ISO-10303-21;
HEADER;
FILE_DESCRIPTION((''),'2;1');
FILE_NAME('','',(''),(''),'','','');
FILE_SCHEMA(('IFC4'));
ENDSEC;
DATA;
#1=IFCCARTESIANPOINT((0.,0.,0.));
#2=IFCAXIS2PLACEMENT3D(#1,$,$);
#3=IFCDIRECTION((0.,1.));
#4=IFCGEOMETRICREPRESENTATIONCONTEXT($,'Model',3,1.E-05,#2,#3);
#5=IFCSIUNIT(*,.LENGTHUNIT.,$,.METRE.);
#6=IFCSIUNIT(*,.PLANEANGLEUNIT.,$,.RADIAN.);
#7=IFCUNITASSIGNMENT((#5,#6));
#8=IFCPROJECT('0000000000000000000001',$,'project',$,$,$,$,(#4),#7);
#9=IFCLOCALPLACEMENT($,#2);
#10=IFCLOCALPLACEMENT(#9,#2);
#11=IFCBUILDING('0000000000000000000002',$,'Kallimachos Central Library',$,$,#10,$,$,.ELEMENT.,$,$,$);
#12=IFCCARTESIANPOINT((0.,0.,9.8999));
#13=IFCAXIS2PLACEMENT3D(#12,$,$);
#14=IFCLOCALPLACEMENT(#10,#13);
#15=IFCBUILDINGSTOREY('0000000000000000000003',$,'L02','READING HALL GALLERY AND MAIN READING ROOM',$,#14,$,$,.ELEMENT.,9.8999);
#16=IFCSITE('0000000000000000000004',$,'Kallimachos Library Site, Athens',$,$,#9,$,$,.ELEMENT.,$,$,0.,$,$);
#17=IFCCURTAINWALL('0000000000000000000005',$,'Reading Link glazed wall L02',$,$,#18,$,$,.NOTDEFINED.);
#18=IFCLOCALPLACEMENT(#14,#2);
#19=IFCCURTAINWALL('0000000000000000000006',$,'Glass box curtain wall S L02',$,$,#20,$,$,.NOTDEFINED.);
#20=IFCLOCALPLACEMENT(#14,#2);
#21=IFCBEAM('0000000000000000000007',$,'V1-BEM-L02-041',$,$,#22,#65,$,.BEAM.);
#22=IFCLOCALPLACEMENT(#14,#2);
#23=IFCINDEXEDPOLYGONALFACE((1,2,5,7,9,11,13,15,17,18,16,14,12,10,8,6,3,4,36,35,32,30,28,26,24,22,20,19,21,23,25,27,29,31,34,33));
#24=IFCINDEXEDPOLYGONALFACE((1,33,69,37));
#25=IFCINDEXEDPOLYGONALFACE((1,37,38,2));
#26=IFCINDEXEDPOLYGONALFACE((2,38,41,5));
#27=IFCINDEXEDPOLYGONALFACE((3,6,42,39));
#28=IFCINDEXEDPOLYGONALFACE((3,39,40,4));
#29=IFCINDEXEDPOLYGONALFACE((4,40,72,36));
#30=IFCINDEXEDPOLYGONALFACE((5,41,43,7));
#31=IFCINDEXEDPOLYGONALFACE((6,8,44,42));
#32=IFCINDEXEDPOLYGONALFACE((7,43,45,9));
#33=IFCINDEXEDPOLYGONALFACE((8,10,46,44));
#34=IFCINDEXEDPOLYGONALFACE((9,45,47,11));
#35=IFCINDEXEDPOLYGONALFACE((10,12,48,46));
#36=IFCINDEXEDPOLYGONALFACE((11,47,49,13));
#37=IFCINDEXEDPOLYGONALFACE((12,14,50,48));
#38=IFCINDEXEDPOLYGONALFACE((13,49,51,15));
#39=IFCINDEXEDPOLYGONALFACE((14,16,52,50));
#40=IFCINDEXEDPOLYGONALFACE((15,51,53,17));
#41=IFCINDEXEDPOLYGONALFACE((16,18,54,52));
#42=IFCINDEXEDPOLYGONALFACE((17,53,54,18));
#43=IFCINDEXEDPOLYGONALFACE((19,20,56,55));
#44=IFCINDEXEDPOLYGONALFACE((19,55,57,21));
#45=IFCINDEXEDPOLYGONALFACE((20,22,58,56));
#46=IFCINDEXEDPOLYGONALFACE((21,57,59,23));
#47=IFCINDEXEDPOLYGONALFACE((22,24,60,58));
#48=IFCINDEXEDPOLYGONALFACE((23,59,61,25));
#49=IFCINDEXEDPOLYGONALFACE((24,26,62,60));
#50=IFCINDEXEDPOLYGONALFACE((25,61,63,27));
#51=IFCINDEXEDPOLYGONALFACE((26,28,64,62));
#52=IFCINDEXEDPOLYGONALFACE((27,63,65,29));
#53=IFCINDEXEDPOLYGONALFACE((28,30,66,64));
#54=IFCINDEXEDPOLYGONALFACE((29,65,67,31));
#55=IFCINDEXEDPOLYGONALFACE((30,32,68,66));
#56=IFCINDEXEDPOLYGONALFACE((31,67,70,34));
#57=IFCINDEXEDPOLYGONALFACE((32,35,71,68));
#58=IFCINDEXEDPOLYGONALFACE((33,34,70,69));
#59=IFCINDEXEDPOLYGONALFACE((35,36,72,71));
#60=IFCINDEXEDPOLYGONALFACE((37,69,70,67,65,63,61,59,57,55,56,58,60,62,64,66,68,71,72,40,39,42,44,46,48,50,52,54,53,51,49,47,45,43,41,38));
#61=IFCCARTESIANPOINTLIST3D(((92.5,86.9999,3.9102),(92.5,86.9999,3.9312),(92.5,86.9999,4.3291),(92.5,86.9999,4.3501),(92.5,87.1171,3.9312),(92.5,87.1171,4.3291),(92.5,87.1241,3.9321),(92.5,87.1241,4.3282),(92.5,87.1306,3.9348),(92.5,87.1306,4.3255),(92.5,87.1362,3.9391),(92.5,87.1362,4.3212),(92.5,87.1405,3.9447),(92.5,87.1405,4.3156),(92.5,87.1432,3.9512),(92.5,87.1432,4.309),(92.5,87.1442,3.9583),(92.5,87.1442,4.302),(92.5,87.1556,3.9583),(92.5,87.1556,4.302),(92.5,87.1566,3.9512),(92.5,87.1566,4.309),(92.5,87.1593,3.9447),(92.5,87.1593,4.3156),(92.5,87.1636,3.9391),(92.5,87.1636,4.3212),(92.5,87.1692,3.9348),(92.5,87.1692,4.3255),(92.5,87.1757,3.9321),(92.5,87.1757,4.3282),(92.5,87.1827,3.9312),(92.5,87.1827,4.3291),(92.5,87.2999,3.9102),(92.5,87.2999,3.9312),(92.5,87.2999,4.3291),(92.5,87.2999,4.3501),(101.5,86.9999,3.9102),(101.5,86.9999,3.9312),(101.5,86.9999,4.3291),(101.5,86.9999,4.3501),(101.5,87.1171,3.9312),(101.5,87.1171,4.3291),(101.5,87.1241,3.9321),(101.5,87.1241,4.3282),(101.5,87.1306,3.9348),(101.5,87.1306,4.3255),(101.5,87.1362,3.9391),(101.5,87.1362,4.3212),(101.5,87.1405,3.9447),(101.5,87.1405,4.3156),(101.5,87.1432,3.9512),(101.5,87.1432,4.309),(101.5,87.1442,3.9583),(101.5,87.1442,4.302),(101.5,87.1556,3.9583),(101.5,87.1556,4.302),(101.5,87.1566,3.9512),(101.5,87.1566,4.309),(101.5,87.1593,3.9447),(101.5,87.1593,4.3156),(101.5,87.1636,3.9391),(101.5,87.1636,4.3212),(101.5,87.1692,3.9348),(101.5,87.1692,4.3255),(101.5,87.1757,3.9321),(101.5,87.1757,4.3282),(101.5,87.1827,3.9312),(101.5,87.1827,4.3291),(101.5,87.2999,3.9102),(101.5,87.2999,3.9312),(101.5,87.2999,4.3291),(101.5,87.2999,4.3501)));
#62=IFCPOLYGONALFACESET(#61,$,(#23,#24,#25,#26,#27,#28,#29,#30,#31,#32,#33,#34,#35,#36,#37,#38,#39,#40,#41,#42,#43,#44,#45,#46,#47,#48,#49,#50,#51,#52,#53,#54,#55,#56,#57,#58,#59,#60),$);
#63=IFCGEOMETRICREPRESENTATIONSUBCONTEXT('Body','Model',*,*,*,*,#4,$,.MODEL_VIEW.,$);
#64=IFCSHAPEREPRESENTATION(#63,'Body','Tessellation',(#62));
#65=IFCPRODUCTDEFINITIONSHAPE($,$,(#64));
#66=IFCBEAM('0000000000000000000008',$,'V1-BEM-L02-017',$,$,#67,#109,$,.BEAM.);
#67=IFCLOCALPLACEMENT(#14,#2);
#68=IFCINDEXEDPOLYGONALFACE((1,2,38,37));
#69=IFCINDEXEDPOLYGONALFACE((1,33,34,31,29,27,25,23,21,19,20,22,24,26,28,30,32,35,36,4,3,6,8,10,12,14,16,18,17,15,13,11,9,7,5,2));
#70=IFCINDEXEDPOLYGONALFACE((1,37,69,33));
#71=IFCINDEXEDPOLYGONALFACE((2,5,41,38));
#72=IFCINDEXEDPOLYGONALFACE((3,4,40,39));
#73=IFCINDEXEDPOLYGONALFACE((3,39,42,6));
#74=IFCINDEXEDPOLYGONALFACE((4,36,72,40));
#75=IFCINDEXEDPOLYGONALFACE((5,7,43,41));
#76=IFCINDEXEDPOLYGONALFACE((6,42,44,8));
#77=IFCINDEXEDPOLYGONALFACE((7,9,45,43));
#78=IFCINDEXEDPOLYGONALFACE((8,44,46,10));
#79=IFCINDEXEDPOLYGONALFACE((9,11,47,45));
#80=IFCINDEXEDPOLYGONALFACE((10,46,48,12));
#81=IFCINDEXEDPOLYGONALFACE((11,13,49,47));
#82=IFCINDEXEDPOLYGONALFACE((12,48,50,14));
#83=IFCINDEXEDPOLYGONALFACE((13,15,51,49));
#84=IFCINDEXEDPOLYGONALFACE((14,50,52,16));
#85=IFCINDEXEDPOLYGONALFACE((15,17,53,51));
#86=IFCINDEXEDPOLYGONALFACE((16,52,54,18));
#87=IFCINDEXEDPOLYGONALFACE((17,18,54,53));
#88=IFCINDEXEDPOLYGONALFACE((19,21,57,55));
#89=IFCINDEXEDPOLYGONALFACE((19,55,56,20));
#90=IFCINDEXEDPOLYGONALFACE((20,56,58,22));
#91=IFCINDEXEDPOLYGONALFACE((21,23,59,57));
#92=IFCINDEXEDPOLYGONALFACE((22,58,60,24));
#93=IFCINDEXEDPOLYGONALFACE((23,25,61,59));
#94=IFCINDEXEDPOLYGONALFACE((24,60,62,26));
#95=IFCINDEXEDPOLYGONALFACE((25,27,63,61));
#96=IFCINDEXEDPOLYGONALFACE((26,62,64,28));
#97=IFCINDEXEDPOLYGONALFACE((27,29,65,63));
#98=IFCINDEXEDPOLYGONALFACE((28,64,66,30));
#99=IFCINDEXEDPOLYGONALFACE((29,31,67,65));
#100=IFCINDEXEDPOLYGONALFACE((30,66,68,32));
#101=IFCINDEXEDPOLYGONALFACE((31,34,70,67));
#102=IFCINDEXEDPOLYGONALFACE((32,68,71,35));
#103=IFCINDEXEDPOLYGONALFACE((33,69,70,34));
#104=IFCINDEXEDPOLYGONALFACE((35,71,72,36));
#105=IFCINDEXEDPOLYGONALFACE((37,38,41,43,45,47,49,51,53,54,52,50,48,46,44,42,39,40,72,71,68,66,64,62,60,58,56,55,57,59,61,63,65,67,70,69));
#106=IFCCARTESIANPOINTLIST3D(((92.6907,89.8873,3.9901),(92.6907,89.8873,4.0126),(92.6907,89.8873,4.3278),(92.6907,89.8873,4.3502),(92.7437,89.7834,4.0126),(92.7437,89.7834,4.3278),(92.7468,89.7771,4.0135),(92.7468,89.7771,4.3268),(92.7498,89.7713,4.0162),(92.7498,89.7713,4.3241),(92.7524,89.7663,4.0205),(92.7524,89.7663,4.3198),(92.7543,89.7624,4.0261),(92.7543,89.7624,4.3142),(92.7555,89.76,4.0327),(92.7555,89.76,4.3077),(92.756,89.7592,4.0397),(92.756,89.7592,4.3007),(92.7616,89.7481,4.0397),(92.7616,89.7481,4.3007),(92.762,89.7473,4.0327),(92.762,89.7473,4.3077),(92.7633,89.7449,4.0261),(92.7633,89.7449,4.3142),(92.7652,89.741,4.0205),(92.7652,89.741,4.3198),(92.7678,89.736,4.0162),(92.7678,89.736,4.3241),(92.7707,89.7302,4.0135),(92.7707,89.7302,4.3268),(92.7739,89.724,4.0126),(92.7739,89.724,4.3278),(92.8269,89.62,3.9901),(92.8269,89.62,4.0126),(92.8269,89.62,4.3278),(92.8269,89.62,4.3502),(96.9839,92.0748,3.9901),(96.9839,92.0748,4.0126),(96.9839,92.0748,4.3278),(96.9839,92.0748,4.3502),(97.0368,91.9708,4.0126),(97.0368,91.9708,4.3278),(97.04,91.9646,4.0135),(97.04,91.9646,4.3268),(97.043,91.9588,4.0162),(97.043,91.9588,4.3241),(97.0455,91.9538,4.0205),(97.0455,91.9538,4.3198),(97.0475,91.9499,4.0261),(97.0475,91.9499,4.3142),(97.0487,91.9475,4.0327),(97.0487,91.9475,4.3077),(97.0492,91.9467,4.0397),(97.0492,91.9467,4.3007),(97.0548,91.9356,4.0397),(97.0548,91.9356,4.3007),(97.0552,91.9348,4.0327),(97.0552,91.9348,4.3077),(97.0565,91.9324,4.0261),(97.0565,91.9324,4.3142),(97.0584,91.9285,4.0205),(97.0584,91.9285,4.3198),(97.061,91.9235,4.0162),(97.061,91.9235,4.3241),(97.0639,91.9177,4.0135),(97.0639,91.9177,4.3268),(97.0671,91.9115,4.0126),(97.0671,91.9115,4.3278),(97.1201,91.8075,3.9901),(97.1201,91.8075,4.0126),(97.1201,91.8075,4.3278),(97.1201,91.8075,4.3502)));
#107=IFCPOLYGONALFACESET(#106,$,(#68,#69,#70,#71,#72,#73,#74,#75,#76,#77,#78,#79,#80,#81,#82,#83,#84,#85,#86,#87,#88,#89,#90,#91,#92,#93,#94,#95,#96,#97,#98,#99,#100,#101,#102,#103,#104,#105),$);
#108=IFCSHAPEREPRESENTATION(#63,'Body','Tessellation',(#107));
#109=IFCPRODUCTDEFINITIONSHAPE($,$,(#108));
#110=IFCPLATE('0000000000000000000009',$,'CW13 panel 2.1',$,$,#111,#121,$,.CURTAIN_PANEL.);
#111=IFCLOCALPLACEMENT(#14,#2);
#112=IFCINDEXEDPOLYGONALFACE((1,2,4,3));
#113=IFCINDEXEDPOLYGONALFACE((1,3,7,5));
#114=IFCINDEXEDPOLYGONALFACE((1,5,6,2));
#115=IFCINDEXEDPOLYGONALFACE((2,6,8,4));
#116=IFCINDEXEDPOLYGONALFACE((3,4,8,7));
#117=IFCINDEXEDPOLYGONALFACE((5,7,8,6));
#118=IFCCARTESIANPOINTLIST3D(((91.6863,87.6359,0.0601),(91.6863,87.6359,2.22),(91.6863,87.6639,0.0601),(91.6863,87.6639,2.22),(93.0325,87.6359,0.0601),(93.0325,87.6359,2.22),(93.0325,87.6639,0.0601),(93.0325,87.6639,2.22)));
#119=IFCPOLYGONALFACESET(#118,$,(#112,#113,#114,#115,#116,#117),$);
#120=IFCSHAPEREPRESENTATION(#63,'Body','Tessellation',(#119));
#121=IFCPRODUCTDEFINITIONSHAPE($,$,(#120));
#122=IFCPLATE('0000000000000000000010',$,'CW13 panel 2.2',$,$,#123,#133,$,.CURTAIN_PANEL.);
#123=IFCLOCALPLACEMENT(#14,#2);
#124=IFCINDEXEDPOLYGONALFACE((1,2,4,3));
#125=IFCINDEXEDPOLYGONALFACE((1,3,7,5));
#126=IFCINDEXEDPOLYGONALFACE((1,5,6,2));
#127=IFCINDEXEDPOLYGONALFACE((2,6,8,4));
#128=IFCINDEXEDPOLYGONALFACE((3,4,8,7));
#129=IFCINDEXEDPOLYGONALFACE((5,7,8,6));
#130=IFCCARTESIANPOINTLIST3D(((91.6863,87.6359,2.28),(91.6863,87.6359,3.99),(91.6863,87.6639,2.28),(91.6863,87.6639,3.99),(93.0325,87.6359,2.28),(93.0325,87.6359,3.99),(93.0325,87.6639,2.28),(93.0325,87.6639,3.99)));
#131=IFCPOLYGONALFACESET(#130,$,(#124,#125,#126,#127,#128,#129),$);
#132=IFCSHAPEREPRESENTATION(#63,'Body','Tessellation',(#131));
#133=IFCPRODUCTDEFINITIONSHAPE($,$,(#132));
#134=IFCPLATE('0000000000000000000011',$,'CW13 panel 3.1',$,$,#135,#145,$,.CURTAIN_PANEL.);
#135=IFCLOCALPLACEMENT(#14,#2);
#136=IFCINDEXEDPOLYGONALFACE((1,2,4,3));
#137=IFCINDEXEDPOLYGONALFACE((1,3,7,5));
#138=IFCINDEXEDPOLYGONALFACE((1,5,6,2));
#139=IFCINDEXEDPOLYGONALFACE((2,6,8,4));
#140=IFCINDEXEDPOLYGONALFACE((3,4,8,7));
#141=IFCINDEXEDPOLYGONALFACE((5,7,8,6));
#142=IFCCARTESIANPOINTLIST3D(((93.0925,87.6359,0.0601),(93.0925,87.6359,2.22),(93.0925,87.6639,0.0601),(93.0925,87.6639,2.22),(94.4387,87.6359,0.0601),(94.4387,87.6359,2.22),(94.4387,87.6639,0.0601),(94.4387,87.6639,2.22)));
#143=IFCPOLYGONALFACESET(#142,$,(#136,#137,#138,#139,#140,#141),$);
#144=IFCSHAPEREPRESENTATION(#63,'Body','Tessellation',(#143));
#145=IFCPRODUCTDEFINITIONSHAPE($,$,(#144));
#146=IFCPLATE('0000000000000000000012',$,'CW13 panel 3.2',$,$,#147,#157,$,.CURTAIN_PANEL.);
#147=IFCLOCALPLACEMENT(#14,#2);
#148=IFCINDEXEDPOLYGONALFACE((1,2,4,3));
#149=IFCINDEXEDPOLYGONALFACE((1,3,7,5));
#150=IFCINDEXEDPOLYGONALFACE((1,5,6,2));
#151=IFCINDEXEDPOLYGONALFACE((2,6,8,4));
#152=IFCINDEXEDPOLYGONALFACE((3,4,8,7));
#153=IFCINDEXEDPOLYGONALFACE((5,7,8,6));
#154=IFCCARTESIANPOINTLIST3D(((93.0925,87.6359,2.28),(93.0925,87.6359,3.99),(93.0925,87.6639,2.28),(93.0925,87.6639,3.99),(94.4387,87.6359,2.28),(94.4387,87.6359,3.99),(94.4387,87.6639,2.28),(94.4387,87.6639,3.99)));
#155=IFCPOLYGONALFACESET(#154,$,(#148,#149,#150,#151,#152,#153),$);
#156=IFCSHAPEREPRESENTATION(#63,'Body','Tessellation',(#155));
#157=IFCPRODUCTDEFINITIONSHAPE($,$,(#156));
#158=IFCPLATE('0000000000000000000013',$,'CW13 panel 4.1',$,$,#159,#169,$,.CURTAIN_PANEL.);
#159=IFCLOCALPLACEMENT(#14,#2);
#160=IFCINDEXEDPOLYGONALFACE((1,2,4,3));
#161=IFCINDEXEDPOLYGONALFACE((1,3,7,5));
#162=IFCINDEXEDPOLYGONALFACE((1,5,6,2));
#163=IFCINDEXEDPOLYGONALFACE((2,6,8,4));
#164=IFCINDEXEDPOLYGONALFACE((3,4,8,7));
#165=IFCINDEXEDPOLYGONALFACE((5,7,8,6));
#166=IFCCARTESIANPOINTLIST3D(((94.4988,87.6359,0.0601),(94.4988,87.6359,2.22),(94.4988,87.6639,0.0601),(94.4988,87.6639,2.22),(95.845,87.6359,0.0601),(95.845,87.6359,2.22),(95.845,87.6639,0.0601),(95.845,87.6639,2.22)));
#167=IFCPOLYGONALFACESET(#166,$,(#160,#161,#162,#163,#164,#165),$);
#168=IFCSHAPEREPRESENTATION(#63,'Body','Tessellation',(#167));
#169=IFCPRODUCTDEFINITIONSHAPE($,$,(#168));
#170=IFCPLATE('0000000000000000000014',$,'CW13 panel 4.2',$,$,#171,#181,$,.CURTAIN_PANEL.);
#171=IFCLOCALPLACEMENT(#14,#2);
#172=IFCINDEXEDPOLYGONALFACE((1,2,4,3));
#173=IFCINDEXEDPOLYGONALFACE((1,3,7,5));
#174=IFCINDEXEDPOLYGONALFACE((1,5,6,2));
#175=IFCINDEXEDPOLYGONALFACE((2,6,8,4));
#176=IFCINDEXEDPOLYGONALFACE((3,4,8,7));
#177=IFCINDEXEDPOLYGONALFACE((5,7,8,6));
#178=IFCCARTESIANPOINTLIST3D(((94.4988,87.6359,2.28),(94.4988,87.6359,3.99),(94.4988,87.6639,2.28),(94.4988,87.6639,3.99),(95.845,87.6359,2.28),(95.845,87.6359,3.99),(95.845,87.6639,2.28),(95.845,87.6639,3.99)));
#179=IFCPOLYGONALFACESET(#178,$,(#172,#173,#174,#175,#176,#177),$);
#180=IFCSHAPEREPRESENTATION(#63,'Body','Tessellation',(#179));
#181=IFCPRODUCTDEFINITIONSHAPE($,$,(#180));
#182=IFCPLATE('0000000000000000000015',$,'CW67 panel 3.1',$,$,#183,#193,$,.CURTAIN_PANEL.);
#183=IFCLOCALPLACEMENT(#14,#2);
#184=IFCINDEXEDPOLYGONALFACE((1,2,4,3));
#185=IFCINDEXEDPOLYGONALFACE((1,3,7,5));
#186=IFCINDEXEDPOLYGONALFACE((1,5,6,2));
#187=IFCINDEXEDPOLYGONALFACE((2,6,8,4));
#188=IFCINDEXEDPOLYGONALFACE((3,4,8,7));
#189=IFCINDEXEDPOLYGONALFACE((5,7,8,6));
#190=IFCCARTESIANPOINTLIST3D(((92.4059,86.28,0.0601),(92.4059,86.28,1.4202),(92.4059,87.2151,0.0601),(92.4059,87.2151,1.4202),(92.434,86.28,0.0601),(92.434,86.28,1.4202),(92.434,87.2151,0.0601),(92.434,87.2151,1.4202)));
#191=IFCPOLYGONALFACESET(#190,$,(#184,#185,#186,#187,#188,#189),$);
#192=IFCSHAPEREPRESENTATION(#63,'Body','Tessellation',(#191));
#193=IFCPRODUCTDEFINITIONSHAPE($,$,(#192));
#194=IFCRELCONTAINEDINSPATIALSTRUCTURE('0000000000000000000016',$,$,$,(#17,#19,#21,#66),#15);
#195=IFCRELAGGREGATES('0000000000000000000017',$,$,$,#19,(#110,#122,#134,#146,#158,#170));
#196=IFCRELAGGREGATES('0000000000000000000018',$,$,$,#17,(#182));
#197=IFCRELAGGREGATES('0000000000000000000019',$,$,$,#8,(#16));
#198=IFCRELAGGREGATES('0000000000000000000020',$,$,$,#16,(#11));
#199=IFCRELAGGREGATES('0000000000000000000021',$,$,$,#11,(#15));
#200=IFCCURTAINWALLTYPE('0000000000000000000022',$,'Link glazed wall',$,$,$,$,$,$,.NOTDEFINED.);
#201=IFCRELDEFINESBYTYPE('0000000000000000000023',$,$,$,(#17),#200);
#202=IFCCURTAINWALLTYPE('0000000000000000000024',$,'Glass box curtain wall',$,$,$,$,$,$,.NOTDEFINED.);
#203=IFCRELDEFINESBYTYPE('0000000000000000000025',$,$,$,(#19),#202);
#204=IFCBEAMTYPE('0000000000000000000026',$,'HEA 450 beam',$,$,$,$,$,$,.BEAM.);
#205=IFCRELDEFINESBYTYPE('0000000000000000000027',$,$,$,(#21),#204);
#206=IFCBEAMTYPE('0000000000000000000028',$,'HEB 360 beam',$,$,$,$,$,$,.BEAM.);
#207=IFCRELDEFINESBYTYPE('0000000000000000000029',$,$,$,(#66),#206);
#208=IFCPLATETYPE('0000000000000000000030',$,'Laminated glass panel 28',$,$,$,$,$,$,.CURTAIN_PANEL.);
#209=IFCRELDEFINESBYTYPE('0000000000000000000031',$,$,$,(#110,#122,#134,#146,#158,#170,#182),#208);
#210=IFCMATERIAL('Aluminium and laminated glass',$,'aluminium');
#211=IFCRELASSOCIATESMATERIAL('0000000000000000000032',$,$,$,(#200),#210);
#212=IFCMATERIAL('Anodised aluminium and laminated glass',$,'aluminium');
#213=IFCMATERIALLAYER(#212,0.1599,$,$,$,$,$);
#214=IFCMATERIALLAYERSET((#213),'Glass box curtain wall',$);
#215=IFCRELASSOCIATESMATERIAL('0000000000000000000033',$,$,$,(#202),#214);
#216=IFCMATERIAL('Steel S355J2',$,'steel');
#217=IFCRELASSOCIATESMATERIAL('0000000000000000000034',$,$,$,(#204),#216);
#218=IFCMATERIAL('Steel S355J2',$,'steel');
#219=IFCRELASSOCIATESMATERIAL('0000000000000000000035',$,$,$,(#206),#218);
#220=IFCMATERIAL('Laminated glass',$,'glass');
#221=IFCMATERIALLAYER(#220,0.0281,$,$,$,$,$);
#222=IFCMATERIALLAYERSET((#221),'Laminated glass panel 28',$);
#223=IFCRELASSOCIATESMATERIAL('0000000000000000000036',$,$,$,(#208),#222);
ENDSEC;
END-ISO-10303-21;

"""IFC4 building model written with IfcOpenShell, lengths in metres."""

from ifc_helpers import new_model, si_unit, direction, frame, origin, origin_2d, place, context, subcontext, project, spatial, rectangle, i_section, extrude, material, layer, layer_set, material_profile, profile_set, type_object, element, aggregate, save


model = new_model("IFC4")

# Units and contexts
model_context = context("Model", 3, precision=1e-05, world=origin(), true_north=direction((0.0, 1.0)))
body_context = subcontext(model_context, "Body", "Model", "MODEL_VIEW")
ifc_project = project(units=[si_unit("LENGTHUNIT", "METRE"), si_unit("PLANEANGLEUNIT", "RADIAN")], contexts=[model_context])

# Site, building, storey
site_placement = place(None, origin())
site = spatial("IfcSite", under=ifc_project, at=site_placement, Name="Kallimachos Library Site, Athens", CompositionType="ELEMENT", RefElevation=0.0)
building_placement = place(site_placement, origin())
building = spatial("IfcBuilding", under=site, at=building_placement, Name="Kallimachos Central Library", CompositionType="ELEMENT")
storey_placement = place(building_placement, frame((0.0, 0.0, 9.8999)))
storey = spatial("IfcBuildingStorey", under=building, at=storey_placement, Name="L02", Description="READING HALL GALLERY AND MAIN READING ROOM", CompositionType="ELEMENT", Elevation=9.8999)

# Curtain wall
ifc_material_1 = material(Name="Aluminium and laminated glass", Category="aluminium")
curtain_wall_type_1 = type_object("IfcCurtainWallType", Name="Link glazed wall", PredefinedType="NOTDEFINED", material=ifc_material_1)
curtain_wall_1_placement = place(storey_placement, origin())
curtain_wall_1 = element("IfcCurtainWall", 1, at=curtain_wall_1_placement, inside=storey, type_object=curtain_wall_type_1, Name="Reading Link glazed wall L02", PredefinedType="NOTDEFINED")

# Curtain wall
ifc_material_2 = material(Name="Anodised aluminium and laminated glass", Category="aluminium")
ifc_layer_1 = layer(ifc_material_2, 0.1599)
ifc_layer_set_1 = layer_set([ifc_layer_1], Name="Glass box curtain wall")
curtain_wall_type_2 = type_object("IfcCurtainWallType", Name="Glass box curtain wall", PredefinedType="NOTDEFINED", material=ifc_layer_set_1)
curtain_wall_2_placement = place(storey_placement, origin())
curtain_wall_2 = element("IfcCurtainWall", 2, at=curtain_wall_2_placement, inside=storey, type_object=curtain_wall_type_2, Name="Glass box curtain wall S L02", PredefinedType="NOTDEFINED")

# Beams
ifc_material_3 = material(Name="Steel S355J2", Category="steel")
ifc_material_profile_1 = material_profile(ifc_material_3, i_section(OverallWidth=0.3, OverallDepth=0.4399, WebThickness=0.0115, FlangeThickness=0.021, FilletRadius=0.0271, at=origin_2d()), Name="HEA 450")
ifc_profile_set_1 = profile_set([ifc_material_profile_1], Name="Steel S355J2")
beam_type_1 = type_object("IfcBeamType", Name="HEA 450 beam", PredefinedType="BEAM", material=ifc_profile_set_1)
beam_1_placement = place(storey_placement, frame((92.5, 87.1499, 4.1301), z_axis=(1.0, 0.0, 0.0), x_axis=(0.0, 1.0, 0.0)))
element("IfcBeam", 3, at=beam_1_placement, inside=storey, type_object=beam_type_1, Name="V1-BEM-L02-041", PredefinedType="BEAM", context=body_context, shape_type="SweptSolid", body=[
    extrude(i_section(OverallWidth=0.3, OverallDepth=0.4399, WebThickness=0.0115, FlangeThickness=0.021, FilletRadius=0.0271, at=origin_2d()), origin(), (0.0, 0.0, 1.0), 9.0),
])
ifc_material_4 = material(Name="Steel S355J2", Category="steel")
ifc_material_profile_2 = material_profile(ifc_material_4, i_section(OverallWidth=0.3, OverallDepth=0.3601, WebThickness=0.0125, FlangeThickness=0.0225, FilletRadius=0.0271, at=origin_2d()), Name="HEB 360")
ifc_profile_set_2 = profile_set([ifc_material_profile_2], Name="Steel S355J2")
beam_type_2 = type_object("IfcBeamType", Name="HEB 360 beam", PredefinedType="BEAM", material=ifc_profile_set_2)
beam_2_placement = place(storey_placement, frame((92.7588, 89.7537, 4.1702), z_axis=(0.891007, 0.45399, 0.0), x_axis=(-0.45399, 0.891007, 0.0)))
element("IfcBeam", 4, at=beam_2_placement, inside=storey, type_object=beam_type_2, Name="V1-BEM-L02-017", PredefinedType="BEAM", context=body_context, shape_type="SweptSolid", body=[
    extrude(i_section(OverallWidth=0.3, OverallDepth=0.3601, WebThickness=0.0125, FlangeThickness=0.0225, FilletRadius=0.0271, at=origin_2d()), origin(), (0.0, 0.0, 1.0), 4.8184),
])

# Plates
ifc_material_5 = material(Name="Laminated glass", Category="glass")
ifc_layer_2 = layer(ifc_material_5, 0.0281)
ifc_layer_set_2 = layer_set([ifc_layer_2], Name="Laminated glass panel 28")
plate_type = type_object("IfcPlateType", Name="Laminated glass panel 28", PredefinedType="CURTAIN_PANEL", material=ifc_layer_set_2)
plate_1_placement = place(storey_placement, frame((92.3594, 87.6499, 0.0601), z_axis=(0.0, 0.0, 1.0), x_axis=(1.0, 0.0, 0.0)))
plate_1 = element("IfcPlate", 5, at=plate_1_placement, type_object=plate_type, Name="CW13 panel 2.1", PredefinedType="CURTAIN_PANEL", context=body_context, shape_type="SweptSolid", body=[
    extrude(rectangle(XDim=1.3462, YDim=0.0281, at=origin_2d()), origin(), (0.0, 0.0, 1.0), 2.1599),
])
plate_2_placement = place(storey_placement, frame((92.3594, 87.6499, 2.28), z_axis=(0.0, 0.0, 1.0), x_axis=(1.0, 0.0, 0.0)))
plate_2 = element("IfcPlate", 6, at=plate_2_placement, type_object=plate_type, Name="CW13 panel 2.2", PredefinedType="CURTAIN_PANEL", context=body_context, shape_type="SweptSolid", body=[
    extrude(rectangle(XDim=1.3462, YDim=0.0281, at=origin_2d()), origin(), (0.0, 0.0, 1.0), 1.71),
])
plate_3_placement = place(storey_placement, frame((93.7656, 87.6499, 0.0601), z_axis=(0.0, 0.0, 1.0), x_axis=(1.0, 0.0, 0.0)))
plate_3 = element("IfcPlate", 7, at=plate_3_placement, type_object=plate_type, Name="CW13 panel 3.1", PredefinedType="CURTAIN_PANEL", context=body_context, shape_type="SweptSolid", body=[
    extrude(rectangle(XDim=1.3462, YDim=0.0281, at=origin_2d()), origin(), (0.0, 0.0, 1.0), 2.1599),
])
plate_4_placement = place(storey_placement, frame((93.7656, 87.6499, 2.28), z_axis=(0.0, 0.0, 1.0), x_axis=(1.0, 0.0, 0.0)))
plate_4 = element("IfcPlate", 8, at=plate_4_placement, type_object=plate_type, Name="CW13 panel 3.2", PredefinedType="CURTAIN_PANEL", context=body_context, shape_type="SweptSolid", body=[
    extrude(rectangle(XDim=1.3462, YDim=0.0281, at=origin_2d()), origin(), (0.0, 0.0, 1.0), 1.71),
])
plate_5_placement = place(storey_placement, frame((95.1719, 87.6499, 0.0601), z_axis=(0.0, 0.0, 1.0), x_axis=(1.0, 0.0, 0.0)))
plate_5 = element("IfcPlate", 9, at=plate_5_placement, type_object=plate_type, Name="CW13 panel 4.1", PredefinedType="CURTAIN_PANEL", context=body_context, shape_type="SweptSolid", body=[
    extrude(rectangle(XDim=1.3462, YDim=0.0281, at=origin_2d()), origin(), (0.0, 0.0, 1.0), 2.1599),
])
plate_6_placement = place(storey_placement, frame((95.1719, 87.6499, 2.28), z_axis=(0.0, 0.0, 1.0), x_axis=(1.0, 0.0, 0.0)))
plate_6 = element("IfcPlate", 10, at=plate_6_placement, type_object=plate_type, Name="CW13 panel 4.2", PredefinedType="CURTAIN_PANEL", context=body_context, shape_type="SweptSolid", body=[
    extrude(rectangle(XDim=1.3462, YDim=0.0281, at=origin_2d()), origin(), (0.0, 0.0, 1.0), 1.71),
])
aggregate(curtain_wall_2, [plate_1, plate_2, plate_3, plate_4, plate_5, plate_6])
plate_7_placement = place(storey_placement, frame((92.4199, 86.7476, 0.0601), z_axis=(0.0, 0.0, 1.0), x_axis=(0.0, 1.0, 0.0)))
plate_7 = element("IfcPlate", 11, at=plate_7_placement, type_object=plate_type, Name="CW67 panel 3.1", PredefinedType="CURTAIN_PANEL", context=body_context, shape_type="SweptSolid", body=[
    extrude(rectangle(XDim=0.9351, YDim=0.0281, at=origin_2d()), origin(), (0.0, 0.0, 1.0), 1.3601),
])
aggregate(curtain_wall_1, [plate_7])

save(model, "model.ifc")
